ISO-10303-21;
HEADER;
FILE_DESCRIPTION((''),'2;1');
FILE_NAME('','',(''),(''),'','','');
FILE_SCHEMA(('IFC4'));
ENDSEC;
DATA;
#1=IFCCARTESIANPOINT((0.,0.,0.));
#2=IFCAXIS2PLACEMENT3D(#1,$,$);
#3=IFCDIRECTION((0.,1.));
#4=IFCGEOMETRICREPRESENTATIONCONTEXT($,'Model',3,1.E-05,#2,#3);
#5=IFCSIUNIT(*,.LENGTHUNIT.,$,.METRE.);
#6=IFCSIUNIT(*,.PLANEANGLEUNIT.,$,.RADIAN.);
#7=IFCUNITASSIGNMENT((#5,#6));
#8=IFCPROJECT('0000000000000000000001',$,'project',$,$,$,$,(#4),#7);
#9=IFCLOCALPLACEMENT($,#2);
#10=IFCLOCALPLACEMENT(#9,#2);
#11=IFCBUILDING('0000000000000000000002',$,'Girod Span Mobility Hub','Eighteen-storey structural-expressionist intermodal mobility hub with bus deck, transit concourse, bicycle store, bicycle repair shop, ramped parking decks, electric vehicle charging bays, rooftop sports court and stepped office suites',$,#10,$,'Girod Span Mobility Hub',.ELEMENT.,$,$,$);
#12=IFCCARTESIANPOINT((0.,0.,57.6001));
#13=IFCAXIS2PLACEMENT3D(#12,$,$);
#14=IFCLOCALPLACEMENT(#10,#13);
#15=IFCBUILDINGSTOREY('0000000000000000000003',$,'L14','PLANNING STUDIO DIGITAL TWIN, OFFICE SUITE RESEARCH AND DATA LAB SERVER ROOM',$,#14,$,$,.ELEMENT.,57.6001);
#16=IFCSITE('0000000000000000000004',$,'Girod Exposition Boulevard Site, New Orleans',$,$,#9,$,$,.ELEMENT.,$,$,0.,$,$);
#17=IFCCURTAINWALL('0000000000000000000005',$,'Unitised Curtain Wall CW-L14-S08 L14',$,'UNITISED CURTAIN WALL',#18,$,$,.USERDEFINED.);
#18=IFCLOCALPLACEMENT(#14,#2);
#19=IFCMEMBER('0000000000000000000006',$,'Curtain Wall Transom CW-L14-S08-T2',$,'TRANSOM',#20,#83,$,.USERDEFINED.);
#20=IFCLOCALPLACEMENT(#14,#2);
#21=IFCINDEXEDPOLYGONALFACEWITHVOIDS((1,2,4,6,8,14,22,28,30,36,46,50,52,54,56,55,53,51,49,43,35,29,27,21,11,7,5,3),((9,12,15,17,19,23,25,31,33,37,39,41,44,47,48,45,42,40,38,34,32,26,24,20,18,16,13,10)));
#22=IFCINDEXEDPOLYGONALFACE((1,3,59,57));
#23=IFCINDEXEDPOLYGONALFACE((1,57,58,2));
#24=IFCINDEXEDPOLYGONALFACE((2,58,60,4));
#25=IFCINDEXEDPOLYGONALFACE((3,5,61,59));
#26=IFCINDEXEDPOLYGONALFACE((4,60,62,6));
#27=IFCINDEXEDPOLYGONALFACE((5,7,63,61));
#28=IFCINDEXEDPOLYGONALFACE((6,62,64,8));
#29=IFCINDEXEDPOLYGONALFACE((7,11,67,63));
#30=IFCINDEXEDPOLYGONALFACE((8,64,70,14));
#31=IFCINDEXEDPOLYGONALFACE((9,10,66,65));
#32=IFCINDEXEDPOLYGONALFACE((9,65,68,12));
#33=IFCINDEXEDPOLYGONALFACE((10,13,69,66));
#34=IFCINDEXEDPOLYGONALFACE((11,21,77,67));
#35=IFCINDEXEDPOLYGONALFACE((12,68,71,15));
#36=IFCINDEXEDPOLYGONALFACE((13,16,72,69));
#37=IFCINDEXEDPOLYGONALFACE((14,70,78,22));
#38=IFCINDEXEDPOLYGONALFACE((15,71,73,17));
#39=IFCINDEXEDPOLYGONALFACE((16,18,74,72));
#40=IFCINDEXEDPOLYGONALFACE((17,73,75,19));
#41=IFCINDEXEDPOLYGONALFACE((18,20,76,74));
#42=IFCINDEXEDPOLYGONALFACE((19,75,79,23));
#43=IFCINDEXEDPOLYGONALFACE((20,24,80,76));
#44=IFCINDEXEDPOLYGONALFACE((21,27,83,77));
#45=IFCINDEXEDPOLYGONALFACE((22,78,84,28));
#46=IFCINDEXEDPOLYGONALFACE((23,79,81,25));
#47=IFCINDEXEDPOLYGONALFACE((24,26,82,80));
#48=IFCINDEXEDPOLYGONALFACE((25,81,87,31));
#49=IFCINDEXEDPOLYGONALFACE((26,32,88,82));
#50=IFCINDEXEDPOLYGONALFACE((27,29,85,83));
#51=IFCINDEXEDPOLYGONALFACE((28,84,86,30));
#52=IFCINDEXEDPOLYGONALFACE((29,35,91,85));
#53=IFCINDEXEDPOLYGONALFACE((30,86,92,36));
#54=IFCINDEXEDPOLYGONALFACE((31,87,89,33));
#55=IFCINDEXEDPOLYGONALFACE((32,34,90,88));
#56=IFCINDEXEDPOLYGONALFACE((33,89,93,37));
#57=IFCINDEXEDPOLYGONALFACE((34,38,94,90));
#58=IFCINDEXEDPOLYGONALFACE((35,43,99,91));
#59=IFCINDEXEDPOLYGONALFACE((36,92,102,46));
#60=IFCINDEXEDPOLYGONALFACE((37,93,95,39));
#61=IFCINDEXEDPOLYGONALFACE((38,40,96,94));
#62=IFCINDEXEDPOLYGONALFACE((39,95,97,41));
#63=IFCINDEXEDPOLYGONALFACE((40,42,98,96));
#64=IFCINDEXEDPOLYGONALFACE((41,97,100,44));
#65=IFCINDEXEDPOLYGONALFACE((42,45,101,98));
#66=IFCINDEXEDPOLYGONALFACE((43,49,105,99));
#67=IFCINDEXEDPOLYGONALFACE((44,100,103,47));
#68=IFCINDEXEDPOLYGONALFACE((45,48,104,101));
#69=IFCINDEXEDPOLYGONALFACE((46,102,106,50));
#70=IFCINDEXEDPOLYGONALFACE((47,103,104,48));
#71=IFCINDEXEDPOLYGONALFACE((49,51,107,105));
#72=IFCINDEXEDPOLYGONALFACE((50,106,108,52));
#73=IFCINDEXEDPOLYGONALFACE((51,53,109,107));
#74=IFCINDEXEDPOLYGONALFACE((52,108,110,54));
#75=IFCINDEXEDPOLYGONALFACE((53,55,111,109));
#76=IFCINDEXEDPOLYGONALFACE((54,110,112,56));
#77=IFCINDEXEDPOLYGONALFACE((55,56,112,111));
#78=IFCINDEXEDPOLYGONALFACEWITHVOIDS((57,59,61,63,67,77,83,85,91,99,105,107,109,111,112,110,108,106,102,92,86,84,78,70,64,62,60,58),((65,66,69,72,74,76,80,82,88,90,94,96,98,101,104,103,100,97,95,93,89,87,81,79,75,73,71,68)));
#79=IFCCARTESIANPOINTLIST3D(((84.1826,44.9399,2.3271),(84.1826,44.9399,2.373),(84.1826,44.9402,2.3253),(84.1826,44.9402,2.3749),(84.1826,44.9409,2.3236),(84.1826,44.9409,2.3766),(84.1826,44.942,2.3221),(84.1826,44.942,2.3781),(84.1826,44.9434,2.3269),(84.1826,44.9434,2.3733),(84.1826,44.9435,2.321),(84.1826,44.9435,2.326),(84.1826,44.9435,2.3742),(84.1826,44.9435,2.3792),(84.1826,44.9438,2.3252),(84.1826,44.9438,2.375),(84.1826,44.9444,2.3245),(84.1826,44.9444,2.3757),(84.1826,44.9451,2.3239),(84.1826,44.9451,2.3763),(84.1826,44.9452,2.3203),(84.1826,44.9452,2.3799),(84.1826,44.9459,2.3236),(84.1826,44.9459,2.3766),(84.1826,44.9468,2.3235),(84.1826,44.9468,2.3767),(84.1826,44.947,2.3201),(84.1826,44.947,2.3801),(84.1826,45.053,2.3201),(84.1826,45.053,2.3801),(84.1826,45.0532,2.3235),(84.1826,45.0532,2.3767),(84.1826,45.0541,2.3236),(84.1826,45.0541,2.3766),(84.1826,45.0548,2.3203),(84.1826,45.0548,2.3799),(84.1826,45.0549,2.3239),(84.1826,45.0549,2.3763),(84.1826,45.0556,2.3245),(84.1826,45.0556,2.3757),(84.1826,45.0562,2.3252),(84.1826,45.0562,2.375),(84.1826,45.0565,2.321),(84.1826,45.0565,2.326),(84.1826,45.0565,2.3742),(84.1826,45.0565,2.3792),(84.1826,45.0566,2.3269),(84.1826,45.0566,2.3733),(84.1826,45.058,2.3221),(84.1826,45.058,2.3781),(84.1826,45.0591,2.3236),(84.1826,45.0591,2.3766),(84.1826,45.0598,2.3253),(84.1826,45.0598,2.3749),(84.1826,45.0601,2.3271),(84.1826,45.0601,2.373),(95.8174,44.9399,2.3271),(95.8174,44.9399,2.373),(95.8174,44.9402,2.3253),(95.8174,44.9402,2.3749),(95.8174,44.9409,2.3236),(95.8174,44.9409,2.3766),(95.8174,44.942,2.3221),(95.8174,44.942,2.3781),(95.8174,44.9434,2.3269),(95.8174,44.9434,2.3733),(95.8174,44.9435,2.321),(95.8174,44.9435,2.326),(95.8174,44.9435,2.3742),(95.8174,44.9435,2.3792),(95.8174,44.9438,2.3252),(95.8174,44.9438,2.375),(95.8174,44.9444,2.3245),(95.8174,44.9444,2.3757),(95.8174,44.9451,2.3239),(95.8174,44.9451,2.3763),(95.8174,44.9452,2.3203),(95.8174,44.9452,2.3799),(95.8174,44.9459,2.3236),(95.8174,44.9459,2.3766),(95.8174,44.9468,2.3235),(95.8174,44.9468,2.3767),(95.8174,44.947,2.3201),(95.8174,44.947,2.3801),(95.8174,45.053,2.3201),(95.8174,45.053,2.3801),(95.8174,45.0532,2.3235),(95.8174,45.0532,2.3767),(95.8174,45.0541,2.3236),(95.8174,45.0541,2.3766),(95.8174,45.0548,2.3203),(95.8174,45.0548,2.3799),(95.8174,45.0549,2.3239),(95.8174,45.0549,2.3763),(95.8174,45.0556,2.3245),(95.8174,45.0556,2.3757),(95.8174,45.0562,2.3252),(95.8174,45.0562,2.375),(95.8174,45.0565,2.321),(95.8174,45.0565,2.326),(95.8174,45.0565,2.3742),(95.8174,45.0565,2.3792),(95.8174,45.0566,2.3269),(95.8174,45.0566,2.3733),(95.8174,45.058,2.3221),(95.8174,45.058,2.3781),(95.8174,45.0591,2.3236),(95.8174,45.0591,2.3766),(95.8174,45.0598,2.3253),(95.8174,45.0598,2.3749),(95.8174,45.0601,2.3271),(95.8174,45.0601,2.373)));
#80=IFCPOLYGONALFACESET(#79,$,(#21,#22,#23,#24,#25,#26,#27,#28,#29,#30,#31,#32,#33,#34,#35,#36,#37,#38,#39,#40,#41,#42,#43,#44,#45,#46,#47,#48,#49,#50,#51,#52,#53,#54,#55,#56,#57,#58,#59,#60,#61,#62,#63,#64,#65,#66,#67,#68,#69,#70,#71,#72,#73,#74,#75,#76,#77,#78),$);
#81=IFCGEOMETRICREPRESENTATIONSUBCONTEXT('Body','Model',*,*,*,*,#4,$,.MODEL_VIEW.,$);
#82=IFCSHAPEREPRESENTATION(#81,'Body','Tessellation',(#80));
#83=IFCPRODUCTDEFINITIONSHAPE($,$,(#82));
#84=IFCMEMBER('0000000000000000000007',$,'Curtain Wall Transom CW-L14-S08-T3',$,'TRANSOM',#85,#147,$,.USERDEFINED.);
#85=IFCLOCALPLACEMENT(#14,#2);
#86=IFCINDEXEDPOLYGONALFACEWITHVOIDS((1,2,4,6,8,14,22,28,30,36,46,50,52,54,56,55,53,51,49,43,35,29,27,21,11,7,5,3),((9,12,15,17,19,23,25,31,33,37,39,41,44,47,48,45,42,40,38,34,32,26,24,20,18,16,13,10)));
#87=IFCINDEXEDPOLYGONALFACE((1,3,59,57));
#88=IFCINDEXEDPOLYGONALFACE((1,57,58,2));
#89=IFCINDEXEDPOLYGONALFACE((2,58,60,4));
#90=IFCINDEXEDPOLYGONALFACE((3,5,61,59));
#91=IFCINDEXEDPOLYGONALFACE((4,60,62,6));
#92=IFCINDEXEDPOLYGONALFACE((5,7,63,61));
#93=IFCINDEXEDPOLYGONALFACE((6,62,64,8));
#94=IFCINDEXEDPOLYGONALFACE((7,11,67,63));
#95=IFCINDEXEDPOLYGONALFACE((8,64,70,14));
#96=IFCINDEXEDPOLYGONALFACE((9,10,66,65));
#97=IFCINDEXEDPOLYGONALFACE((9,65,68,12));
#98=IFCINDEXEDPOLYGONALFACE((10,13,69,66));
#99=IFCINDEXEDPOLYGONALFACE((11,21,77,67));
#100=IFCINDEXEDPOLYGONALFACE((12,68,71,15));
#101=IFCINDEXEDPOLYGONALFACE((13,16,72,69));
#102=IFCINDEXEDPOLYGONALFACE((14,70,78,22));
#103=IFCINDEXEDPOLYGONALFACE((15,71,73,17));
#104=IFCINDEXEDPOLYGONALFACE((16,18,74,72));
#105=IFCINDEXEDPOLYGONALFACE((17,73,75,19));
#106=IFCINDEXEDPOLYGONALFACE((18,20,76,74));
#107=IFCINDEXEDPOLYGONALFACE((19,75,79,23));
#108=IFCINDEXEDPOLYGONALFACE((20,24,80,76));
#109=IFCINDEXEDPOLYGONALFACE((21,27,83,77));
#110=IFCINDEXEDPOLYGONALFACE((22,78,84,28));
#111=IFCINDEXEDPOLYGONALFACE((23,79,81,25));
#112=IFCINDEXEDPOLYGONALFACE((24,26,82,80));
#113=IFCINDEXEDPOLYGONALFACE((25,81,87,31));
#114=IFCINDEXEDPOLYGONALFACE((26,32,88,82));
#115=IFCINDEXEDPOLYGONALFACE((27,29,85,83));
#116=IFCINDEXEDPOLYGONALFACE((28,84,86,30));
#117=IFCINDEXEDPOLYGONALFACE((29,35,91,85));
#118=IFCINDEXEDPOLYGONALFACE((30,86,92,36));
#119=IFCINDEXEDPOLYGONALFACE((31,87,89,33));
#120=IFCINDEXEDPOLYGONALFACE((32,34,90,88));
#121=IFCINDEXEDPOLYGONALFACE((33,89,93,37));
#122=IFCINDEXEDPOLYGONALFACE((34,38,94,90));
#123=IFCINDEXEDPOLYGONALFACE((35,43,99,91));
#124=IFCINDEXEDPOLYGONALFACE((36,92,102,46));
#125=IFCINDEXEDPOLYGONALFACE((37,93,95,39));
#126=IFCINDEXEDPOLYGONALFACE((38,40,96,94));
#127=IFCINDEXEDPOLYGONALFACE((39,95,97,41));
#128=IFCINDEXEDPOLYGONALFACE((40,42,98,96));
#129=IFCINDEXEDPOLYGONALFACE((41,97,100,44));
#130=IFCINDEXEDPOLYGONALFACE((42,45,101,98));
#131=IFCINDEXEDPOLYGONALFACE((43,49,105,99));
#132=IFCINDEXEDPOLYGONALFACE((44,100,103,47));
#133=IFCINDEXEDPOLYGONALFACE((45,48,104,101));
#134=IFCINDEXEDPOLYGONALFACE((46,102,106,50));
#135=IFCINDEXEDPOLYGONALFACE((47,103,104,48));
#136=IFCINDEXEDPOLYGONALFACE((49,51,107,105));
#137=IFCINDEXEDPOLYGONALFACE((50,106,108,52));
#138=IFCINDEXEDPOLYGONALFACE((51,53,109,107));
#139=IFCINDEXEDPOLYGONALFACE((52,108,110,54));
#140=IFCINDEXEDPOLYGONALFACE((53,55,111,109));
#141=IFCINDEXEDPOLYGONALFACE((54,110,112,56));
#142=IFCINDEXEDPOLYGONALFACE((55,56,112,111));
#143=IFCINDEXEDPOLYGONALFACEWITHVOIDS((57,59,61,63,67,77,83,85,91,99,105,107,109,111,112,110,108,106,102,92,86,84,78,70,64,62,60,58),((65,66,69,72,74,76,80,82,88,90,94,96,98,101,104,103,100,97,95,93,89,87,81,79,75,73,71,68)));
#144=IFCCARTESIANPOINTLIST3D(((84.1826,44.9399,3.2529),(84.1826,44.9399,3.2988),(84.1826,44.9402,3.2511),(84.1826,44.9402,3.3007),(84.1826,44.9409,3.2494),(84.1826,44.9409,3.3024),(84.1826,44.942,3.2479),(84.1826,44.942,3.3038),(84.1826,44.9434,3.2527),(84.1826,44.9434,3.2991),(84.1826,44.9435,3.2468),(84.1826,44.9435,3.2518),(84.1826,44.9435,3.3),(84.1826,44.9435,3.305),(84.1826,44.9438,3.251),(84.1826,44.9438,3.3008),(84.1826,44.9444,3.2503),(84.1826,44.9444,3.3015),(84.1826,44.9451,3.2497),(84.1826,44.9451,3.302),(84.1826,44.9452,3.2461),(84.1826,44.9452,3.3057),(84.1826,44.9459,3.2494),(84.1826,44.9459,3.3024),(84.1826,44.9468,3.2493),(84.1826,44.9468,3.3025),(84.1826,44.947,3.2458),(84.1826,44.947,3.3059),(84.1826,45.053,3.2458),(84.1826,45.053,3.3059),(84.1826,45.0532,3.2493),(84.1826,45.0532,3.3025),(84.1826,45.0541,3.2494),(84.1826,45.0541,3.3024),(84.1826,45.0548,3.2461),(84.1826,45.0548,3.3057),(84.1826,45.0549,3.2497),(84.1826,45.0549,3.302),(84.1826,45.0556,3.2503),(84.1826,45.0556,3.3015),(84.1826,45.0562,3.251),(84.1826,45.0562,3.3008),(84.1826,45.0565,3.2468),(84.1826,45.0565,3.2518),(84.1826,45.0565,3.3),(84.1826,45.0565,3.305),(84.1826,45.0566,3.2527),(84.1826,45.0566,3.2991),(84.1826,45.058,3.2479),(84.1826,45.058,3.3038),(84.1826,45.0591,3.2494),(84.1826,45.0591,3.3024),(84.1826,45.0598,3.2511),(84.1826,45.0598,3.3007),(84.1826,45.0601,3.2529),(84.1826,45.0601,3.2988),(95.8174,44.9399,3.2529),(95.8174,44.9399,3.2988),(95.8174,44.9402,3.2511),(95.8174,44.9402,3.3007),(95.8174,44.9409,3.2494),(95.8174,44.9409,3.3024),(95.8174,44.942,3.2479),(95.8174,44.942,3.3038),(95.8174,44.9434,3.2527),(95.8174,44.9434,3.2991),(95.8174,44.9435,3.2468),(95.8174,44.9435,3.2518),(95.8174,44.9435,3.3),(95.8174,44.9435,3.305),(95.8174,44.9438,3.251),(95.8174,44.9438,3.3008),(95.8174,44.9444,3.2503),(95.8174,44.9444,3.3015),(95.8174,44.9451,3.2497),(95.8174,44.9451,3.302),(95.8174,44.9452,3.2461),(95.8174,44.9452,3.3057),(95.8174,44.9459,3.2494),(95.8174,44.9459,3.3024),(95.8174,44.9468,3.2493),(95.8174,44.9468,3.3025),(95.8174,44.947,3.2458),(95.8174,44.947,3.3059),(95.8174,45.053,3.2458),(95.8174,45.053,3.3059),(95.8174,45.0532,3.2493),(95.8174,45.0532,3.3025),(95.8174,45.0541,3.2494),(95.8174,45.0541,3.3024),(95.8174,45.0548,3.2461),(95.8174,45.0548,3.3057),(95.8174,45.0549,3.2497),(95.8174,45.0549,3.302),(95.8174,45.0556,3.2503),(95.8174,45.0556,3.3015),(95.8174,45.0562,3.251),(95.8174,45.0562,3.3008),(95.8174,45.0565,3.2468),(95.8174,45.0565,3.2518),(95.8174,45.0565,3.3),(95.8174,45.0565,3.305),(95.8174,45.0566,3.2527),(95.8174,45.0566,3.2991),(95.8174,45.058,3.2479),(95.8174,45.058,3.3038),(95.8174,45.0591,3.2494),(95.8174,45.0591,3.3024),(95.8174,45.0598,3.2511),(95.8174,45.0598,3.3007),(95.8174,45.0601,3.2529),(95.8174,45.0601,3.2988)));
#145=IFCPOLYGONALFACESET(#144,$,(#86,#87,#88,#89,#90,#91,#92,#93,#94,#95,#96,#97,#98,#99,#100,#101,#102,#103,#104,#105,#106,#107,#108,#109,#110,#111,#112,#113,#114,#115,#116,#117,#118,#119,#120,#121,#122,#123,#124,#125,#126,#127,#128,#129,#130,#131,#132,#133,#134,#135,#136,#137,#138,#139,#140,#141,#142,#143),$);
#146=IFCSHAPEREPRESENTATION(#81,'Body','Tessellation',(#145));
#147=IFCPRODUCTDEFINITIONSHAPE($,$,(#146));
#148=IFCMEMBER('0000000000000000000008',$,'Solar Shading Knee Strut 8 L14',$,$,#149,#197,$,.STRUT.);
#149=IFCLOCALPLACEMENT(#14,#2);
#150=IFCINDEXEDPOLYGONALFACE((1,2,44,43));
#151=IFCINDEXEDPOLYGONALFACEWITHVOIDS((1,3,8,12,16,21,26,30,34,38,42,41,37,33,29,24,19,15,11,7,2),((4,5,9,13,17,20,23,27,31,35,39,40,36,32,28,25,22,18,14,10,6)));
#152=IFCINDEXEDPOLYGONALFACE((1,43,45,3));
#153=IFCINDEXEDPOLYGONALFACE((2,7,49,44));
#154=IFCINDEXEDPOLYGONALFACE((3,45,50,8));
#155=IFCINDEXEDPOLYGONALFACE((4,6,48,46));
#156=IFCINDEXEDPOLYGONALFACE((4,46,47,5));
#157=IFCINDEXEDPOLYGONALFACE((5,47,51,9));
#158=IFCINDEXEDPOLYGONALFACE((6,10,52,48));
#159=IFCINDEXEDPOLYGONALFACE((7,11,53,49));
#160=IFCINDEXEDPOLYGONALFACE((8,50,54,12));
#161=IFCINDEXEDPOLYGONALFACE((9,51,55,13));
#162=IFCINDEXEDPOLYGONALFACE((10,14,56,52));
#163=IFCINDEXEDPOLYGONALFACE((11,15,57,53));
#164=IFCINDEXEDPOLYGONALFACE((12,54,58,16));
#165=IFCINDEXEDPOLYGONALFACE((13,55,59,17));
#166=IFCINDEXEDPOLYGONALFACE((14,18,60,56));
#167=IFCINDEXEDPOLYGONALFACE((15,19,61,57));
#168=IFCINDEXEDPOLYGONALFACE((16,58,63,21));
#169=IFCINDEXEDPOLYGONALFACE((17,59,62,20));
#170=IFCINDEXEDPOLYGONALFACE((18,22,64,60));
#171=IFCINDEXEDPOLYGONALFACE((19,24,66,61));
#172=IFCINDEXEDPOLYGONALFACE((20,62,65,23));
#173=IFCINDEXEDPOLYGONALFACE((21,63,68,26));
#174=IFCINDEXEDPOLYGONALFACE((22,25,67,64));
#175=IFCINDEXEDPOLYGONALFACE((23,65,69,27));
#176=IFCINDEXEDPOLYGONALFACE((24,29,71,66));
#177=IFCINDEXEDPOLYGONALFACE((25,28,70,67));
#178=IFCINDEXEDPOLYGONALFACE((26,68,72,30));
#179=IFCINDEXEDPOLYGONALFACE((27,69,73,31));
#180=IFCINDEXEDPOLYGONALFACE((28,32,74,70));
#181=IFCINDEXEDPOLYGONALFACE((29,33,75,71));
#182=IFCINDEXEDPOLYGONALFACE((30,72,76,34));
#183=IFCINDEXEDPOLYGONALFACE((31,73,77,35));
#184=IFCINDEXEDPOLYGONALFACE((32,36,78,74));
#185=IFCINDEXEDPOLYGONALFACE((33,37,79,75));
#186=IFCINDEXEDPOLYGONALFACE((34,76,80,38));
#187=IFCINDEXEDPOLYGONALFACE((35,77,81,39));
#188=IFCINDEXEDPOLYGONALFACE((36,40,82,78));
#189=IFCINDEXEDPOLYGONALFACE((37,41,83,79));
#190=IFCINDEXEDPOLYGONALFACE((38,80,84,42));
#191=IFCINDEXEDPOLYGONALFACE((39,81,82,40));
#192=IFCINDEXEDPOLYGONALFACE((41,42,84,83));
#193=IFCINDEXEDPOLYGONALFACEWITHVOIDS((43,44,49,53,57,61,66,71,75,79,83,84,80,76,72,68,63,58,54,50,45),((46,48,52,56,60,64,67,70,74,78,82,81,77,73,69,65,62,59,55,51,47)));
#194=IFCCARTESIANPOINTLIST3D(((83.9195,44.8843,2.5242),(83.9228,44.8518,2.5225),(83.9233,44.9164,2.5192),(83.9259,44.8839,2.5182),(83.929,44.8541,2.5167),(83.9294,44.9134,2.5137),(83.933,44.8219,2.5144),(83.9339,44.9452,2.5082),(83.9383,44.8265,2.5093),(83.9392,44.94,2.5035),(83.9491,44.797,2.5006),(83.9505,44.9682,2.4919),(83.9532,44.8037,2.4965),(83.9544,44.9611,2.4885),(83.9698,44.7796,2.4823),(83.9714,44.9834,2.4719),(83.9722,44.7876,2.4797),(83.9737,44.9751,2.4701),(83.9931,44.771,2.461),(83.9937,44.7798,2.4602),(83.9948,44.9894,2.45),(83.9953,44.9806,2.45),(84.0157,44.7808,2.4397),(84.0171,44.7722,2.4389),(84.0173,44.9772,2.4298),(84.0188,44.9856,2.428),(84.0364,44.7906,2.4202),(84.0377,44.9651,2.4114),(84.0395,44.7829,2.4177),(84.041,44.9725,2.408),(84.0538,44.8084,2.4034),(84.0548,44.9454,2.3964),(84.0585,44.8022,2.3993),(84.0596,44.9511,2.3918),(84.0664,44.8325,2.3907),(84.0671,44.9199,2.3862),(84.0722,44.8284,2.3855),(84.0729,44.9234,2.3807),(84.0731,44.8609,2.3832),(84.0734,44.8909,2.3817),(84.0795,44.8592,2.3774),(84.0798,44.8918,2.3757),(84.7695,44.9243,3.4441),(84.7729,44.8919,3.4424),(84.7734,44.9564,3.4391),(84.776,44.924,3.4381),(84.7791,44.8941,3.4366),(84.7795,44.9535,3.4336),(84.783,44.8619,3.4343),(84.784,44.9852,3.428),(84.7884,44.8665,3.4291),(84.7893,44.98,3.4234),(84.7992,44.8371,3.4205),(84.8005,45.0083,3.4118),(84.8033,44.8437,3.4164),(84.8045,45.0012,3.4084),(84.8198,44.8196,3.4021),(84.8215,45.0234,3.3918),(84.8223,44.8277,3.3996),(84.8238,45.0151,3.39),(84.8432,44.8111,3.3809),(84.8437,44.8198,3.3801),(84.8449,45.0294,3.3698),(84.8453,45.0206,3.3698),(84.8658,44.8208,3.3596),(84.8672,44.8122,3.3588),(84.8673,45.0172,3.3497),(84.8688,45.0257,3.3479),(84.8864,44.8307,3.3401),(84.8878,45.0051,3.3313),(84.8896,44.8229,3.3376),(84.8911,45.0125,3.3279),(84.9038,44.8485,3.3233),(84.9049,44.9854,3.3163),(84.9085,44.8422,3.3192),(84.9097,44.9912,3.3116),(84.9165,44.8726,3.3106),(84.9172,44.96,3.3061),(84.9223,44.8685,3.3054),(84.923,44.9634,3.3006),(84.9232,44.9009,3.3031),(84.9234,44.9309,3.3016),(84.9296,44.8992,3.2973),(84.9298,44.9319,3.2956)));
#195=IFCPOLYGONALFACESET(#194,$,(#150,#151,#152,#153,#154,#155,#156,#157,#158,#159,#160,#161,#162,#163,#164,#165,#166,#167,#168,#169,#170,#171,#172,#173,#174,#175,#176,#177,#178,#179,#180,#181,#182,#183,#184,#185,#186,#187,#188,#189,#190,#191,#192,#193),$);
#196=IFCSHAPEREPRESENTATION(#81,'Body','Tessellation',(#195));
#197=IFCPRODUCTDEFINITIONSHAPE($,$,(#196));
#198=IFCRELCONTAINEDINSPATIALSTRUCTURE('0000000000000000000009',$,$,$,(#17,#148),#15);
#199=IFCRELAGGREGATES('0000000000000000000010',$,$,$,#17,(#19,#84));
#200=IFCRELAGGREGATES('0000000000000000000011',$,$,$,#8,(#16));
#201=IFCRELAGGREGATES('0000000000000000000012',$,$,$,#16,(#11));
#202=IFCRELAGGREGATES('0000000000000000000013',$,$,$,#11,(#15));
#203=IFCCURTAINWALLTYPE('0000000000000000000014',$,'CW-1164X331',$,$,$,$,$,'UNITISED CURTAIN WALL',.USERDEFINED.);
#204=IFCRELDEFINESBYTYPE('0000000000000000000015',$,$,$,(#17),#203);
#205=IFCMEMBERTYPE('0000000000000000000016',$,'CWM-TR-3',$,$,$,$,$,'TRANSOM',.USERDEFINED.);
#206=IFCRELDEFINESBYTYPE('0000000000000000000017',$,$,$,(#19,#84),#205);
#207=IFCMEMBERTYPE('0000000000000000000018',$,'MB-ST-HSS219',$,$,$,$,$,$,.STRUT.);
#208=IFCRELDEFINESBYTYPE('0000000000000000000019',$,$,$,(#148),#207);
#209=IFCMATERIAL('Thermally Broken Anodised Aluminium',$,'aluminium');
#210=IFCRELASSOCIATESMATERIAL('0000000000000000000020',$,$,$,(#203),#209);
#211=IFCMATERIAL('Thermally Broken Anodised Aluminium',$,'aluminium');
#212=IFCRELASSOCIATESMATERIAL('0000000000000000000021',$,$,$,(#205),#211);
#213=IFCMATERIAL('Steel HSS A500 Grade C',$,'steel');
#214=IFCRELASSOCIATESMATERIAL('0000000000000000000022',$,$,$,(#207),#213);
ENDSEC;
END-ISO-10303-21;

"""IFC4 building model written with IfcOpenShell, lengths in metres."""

from ifc_helpers import new_model, si_unit, direction, frame, origin, origin_2d, place, context, subcontext, project, spatial, hollow_rectangle, hollow_circle, extrude, material, material_profile, profile_set, type_object, element, aggregate, save


model = new_model("IFC4")

# Units and contexts
model_context = context("Model", 3, precision=1e-05, world=origin(), true_north=direction((0.0, 1.0)))
body_context = subcontext(model_context, "Body", "Model", "MODEL_VIEW")
ifc_project = project(units=[si_unit("LENGTHUNIT", "METRE"), si_unit("PLANEANGLEUNIT", "RADIAN")], contexts=[model_context])

# Site, building, storey
site_placement = place(None, origin())
site = spatial("IfcSite", under=ifc_project, at=site_placement, Name="Girod Exposition Boulevard Site, New Orleans", CompositionType="ELEMENT", RefElevation=0.0)
building_placement = place(site_placement, origin())
building = spatial("IfcBuilding", under=site, at=building_placement, Name="Girod Span Mobility Hub", Description="Eighteen-storey structural-expressionist intermodal mobility hub with bus deck, transit concourse, bicycle store, bicycle repair shop, ramped parking decks, electric vehicle charging bays, rooftop sports court and stepped office suites", LongName="Girod Span Mobility Hub", CompositionType="ELEMENT")
storey_placement = place(building_placement, frame((0.0, 0.0, 57.6001)))
storey = spatial("IfcBuildingStorey", under=building, at=storey_placement, Name="L14", Description="PLANNING STUDIO DIGITAL TWIN, OFFICE SUITE RESEARCH AND DATA LAB SERVER ROOM", CompositionType="ELEMENT", Elevation=57.6001)

# Shared definitions
ifc_material_1 = material(Name="Thermally Broken Anodised Aluminium", Category="aluminium")
curtain_wall_type = type_object("IfcCurtainWallType", Name="CW-1164X331", ElementType="UNITISED CURTAIN WALL", PredefinedType="USERDEFINED", material=ifc_material_1)

# Curtain wall, members
curtain_wall_1_placement = place(storey_placement, origin())
curtain_wall_1 = element("IfcCurtainWall", 1, at=curtain_wall_1_placement, inside=storey, type_object=curtain_wall_type, Name="Unitised Curtain Wall CW-L14-S08 L14", ObjectType="UNITISED CURTAIN WALL", PredefinedType="USERDEFINED")
ifc_material_2 = material(Name="Thermally Broken Anodised Aluminium", Category="aluminium")
ifc_material_profile_1 = material_profile(ifc_material_2, hollow_rectangle(XDim=0.1201, YDim=0.0601, WallThickness=0.0034, InnerFilletRadius=0.0034, OuterFilletRadius=0.0071, at=origin_2d()), Name="CW-TR-60X120")
ifc_profile_set_1 = profile_set([ifc_material_profile_1], Name="Thermally Broken Anodised Aluminium")
member_type_1 = type_object("IfcMemberType", Name="CWM-TR-3", ElementType="TRANSOM", PredefinedType="USERDEFINED", material=ifc_profile_set_1)
member_1_placement = place(storey_placement, frame((84.1826, 45.0, 2.3501), z_axis=(1.0, 0.0, 0.0), x_axis=(0.0, 1.0, 0.0)))
member_1 = element("IfcMember", 2, at=member_1_placement, type_object=member_type_1, Name="Curtain Wall Transom CW-L14-S08-T2", ObjectType="TRANSOM", PredefinedType="USERDEFINED", context=body_context, shape_type="SweptSolid", body=[
    extrude(hollow_rectangle(XDim=0.1201, YDim=0.0601, WallThickness=0.0034, InnerFilletRadius=0.0034, OuterFilletRadius=0.0071, at=origin_2d()), origin(), (0.0, 0.0, 1.0), 11.6348),
])
member_2_placement = place(storey_placement, frame((84.1826, 45.0, 3.2759), z_axis=(1.0, 0.0, 0.0), x_axis=(0.0, 1.0, 0.0)))
member_2 = element("IfcMember", 3, at=member_2_placement, type_object=member_type_1, Name="Curtain Wall Transom CW-L14-S08-T3", ObjectType="TRANSOM", PredefinedType="USERDEFINED", context=body_context, shape_type="SweptSolid", body=[
    extrude(hollow_rectangle(XDim=0.1201, YDim=0.0601, WallThickness=0.0034, InnerFilletRadius=0.0034, OuterFilletRadius=0.0071, at=origin_2d()), origin(), (0.0, 0.0, 1.0), 11.6348),
])

# Member
ifc_material_3 = material(Name="Steel HSS A500 Grade C", Category="steel")
ifc_material_profile_2 = material_profile(ifc_material_3, hollow_circle(Radius=0.1096, WallThickness=0.0088, at=origin_2d()), Name="HSS219X9.5")
ifc_profile_set_2 = profile_set([ifc_material_profile_2], Name="Steel HSS A500 Grade C")
member_type_2 = type_object("IfcMemberType", Name="MB-ST-HSS219", PredefinedType="STRUT", material=ifc_profile_set_2)
member_3_placement = place(storey_placement, frame((84.0, 44.8799, 2.45), z_axis=(0.678338, 0.031949, 0.734055), x_axis=(-0.047047, 0.998893, 0.0)))
element("IfcMember", 4, at=member_3_placement, inside=storey, type_object=member_type_2, Name="Solar Shading Knee Strut 8 L14", PredefinedType="STRUT", context=body_context, shape_type="SweptSolid", body=[
    extrude(hollow_circle(Radius=0.1096, WallThickness=0.0088, at=origin_2d()), origin(), (0.0, 0.0, 1.0), 1.2532),
])

aggregate(curtain_wall_1, [member_1, member_2])

save(model, "model.ifc")
